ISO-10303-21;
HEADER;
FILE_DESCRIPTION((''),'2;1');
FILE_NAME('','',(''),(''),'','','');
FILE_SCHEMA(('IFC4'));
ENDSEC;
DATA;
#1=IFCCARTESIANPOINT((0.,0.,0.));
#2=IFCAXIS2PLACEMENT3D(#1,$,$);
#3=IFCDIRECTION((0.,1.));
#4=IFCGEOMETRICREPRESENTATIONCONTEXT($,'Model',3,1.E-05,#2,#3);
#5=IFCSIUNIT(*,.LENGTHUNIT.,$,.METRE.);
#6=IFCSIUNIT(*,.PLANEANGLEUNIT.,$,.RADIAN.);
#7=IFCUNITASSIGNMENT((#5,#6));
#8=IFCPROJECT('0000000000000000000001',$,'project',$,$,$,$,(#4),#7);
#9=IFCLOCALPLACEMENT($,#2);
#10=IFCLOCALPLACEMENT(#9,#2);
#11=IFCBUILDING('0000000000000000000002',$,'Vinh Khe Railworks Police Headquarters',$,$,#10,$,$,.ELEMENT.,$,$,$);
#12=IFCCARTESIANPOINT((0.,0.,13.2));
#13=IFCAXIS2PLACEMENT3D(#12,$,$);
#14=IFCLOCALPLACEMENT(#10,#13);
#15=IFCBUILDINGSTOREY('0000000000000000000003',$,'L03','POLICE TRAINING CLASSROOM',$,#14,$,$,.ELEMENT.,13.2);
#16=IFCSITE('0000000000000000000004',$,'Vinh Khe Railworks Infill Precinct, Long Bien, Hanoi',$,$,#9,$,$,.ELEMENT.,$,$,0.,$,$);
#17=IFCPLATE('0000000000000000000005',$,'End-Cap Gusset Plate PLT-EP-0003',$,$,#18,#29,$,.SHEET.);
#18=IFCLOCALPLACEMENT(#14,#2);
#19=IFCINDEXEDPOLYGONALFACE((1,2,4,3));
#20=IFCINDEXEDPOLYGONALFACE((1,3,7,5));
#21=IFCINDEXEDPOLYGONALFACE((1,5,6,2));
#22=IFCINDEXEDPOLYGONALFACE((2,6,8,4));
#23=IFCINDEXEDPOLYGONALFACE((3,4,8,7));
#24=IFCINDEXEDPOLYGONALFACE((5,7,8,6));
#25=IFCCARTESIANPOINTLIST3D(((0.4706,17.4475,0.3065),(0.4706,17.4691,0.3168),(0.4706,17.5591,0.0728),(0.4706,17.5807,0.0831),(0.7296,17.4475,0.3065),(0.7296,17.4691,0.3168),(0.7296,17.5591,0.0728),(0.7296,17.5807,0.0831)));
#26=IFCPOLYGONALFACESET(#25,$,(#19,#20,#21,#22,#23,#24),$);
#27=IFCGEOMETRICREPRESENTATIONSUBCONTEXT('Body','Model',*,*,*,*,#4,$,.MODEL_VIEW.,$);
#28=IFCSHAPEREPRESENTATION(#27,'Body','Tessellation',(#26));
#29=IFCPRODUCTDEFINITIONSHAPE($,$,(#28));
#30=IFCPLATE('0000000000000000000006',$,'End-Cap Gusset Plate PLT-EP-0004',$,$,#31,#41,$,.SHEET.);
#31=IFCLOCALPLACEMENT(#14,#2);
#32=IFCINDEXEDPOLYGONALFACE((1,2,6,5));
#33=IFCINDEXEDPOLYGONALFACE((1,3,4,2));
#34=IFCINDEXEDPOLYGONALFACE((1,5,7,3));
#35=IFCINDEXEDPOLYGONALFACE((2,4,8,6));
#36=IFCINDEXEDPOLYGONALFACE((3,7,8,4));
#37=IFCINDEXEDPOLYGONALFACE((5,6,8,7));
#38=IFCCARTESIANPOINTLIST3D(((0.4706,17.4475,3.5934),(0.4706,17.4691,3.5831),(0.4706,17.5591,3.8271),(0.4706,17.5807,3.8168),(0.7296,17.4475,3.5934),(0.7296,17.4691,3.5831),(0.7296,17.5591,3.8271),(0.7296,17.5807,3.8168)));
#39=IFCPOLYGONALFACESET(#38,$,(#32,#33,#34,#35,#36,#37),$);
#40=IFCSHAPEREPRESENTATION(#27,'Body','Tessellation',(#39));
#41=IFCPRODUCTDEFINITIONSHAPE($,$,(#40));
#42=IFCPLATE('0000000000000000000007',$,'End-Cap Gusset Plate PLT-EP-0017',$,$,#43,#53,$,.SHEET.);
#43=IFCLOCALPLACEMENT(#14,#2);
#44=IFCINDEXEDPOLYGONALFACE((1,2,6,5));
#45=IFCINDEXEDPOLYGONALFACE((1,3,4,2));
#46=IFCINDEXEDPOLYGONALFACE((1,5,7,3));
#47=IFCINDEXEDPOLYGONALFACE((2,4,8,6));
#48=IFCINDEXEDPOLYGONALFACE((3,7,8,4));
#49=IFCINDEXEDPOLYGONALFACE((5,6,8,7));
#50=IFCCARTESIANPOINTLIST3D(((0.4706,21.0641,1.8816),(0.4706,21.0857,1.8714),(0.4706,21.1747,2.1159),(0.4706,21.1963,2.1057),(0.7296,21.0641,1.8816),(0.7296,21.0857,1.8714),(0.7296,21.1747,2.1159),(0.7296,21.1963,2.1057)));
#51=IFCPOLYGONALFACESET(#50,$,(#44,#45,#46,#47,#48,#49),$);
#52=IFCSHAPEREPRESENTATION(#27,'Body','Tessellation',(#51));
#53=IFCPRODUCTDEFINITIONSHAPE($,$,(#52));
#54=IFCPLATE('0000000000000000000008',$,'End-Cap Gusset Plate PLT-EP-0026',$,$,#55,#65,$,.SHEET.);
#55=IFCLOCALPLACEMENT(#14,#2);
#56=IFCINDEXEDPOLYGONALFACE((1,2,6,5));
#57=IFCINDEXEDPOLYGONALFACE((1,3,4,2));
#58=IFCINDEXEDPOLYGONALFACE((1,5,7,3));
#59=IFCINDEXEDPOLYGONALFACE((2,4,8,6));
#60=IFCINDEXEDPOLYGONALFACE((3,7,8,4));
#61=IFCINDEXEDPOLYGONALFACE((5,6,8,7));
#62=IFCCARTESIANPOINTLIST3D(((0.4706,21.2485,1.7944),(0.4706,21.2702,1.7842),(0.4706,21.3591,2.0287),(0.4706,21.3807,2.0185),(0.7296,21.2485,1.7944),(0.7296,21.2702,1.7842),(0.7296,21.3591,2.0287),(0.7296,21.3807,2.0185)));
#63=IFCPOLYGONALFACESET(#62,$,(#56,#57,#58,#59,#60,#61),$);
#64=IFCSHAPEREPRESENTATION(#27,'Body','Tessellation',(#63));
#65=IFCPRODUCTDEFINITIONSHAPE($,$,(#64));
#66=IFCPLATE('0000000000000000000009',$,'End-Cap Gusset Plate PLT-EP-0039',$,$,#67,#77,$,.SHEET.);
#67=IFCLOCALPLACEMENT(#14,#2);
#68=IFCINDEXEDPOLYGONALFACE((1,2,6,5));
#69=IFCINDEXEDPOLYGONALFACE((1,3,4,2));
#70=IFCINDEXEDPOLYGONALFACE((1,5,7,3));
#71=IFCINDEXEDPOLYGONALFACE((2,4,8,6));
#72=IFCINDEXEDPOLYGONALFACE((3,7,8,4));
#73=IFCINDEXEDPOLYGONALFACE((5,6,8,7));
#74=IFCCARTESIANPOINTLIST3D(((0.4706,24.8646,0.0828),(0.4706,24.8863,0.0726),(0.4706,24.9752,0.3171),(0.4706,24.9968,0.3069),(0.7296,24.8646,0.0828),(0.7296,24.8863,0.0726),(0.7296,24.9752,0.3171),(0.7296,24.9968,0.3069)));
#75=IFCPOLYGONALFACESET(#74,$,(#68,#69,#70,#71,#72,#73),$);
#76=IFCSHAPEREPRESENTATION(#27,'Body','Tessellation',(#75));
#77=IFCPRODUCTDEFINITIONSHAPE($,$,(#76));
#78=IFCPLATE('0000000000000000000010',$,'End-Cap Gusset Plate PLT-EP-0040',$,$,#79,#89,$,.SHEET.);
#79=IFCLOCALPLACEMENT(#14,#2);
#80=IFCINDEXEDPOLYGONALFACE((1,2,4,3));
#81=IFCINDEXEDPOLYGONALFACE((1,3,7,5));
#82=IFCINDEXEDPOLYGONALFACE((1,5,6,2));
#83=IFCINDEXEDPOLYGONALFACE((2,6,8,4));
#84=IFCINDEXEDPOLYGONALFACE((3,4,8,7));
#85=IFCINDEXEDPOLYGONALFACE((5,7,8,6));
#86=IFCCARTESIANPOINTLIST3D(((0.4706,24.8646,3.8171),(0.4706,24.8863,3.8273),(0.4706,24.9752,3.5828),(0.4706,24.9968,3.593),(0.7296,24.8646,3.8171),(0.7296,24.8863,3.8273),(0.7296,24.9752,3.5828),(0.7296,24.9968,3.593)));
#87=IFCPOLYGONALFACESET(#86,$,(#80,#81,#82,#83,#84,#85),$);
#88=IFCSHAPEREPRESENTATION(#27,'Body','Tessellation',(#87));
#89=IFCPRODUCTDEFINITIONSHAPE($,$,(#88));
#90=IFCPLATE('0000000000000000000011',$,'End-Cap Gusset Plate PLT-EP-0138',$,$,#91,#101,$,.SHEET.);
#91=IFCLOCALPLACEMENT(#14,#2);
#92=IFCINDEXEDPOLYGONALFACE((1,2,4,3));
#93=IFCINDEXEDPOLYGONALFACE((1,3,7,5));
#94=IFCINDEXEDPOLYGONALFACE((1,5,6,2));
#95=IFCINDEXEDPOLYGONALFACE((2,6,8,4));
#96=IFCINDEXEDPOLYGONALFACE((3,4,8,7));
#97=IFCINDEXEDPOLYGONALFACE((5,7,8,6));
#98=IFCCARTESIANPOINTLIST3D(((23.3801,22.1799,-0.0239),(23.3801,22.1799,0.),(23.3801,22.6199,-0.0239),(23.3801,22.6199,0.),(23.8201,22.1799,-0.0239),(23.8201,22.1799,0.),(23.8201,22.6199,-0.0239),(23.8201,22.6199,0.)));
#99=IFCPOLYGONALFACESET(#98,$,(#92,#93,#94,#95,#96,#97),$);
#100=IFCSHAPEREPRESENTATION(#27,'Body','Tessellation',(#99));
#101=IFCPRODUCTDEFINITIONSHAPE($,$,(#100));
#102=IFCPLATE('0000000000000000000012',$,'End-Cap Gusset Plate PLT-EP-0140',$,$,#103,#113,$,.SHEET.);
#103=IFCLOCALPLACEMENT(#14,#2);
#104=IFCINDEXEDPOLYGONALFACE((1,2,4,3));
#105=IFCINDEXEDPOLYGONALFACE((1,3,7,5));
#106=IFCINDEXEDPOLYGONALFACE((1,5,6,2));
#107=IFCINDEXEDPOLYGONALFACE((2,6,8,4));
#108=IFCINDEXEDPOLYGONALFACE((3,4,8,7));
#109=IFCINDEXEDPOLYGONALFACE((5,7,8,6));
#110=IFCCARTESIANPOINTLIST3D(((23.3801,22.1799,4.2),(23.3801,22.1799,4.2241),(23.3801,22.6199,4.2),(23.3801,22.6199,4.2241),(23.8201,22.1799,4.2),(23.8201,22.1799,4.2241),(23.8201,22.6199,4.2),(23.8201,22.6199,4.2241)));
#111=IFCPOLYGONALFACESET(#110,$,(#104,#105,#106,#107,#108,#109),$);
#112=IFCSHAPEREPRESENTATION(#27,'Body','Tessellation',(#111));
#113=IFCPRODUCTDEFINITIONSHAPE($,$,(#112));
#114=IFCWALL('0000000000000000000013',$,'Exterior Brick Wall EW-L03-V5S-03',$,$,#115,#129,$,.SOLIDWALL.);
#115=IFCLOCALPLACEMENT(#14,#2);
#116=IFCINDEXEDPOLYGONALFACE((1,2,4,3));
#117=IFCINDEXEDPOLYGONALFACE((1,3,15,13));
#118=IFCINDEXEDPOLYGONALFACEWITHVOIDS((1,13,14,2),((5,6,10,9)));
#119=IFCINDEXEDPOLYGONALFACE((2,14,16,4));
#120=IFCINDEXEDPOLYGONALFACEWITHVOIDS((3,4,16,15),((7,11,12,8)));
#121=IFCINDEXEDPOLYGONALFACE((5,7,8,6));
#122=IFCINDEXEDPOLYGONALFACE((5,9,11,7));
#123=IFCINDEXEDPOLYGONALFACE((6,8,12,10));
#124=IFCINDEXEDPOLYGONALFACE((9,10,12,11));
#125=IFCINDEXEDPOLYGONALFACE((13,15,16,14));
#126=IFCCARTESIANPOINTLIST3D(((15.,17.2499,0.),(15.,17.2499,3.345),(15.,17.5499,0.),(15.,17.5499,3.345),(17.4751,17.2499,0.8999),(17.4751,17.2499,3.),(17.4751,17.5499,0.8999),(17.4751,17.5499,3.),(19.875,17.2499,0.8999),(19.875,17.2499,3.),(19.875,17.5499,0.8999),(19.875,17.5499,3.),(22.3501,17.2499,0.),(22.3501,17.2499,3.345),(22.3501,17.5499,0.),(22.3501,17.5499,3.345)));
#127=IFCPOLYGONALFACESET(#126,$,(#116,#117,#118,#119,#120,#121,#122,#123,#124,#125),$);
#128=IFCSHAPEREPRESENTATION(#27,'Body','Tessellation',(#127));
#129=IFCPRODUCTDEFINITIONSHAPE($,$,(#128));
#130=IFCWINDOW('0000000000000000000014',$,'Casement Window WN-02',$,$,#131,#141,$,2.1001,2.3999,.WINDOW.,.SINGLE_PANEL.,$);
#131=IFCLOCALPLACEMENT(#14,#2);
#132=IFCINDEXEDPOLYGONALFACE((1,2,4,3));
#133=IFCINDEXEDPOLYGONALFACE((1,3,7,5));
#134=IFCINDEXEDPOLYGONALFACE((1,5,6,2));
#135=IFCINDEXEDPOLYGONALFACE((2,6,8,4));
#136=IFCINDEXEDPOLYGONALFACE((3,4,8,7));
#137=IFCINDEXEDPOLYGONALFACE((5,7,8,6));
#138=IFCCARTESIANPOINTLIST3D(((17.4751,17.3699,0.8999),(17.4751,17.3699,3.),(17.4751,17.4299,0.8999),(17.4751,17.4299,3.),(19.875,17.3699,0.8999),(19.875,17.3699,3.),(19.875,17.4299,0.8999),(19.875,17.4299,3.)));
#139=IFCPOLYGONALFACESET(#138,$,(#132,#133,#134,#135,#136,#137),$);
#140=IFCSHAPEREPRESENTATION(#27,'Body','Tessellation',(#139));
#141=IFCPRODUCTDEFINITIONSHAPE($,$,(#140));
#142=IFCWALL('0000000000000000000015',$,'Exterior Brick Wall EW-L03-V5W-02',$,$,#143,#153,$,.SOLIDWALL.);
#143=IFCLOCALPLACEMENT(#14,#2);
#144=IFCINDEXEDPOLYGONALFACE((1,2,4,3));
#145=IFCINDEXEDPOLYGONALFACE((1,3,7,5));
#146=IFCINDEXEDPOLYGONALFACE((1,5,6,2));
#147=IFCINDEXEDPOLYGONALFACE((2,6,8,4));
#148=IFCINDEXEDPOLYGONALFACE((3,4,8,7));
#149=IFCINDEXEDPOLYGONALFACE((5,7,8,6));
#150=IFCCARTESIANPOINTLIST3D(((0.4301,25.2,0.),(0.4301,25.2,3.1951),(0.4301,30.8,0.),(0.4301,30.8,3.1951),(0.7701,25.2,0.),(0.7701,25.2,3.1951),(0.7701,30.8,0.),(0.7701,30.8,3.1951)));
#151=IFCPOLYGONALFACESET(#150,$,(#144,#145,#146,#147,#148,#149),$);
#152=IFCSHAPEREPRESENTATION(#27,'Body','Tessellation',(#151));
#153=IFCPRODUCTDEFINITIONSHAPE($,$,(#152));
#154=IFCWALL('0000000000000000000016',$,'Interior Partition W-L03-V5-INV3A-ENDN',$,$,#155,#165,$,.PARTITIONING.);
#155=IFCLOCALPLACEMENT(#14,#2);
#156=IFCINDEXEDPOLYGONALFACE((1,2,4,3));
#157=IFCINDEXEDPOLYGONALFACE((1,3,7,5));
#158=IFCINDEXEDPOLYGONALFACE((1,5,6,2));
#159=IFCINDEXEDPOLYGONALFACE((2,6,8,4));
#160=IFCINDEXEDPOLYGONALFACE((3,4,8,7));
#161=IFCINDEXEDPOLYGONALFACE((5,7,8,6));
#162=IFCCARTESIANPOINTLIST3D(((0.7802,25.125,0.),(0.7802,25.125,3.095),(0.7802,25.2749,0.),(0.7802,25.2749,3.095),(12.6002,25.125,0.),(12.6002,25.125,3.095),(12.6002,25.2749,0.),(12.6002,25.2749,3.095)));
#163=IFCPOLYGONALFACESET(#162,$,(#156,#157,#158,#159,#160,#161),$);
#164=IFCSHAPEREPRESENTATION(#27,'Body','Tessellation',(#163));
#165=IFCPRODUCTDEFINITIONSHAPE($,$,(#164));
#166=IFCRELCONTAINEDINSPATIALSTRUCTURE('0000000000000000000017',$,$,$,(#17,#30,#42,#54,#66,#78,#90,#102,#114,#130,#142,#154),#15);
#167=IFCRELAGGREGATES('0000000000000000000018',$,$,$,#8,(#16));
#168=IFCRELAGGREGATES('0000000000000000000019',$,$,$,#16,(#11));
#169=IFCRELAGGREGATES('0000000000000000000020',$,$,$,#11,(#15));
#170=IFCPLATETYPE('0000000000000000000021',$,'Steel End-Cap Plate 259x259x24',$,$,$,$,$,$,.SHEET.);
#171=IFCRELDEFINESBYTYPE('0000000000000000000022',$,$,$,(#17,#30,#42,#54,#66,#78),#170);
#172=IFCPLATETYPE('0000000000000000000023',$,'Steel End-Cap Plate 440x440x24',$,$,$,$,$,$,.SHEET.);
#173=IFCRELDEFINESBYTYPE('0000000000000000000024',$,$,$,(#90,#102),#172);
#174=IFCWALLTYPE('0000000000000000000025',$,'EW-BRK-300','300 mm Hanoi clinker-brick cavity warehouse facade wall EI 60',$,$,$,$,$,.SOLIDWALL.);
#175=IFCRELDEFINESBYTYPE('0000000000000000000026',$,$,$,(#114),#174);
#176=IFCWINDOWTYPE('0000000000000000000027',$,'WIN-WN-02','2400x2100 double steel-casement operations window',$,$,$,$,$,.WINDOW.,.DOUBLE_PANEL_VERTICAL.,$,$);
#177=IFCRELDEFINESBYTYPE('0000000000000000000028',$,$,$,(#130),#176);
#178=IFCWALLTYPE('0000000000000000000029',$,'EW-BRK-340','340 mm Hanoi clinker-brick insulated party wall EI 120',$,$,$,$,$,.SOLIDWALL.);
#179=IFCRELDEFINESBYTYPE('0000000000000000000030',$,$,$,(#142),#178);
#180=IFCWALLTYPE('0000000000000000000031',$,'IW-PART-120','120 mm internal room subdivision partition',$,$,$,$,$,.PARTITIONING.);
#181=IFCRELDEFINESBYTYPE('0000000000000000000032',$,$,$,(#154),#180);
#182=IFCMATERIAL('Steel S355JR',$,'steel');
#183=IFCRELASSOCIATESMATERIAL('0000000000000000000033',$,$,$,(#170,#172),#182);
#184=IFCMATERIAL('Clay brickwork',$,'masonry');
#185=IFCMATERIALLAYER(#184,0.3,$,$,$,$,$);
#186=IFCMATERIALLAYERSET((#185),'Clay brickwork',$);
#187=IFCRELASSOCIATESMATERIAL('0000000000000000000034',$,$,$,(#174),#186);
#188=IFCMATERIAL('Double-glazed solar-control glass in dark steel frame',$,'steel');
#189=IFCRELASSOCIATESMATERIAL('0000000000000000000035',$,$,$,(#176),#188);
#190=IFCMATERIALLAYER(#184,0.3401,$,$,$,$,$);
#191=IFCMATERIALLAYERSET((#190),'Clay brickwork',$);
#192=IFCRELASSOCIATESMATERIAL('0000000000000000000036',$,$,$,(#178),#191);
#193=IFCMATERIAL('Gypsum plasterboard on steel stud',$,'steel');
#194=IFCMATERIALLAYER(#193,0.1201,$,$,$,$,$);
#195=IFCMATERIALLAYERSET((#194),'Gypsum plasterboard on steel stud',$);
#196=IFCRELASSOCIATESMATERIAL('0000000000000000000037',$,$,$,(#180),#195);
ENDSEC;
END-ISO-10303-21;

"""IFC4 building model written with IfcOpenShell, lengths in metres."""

from ifc_helpers import new_model, si_unit, direction, frame, frame_2d, origin, origin_2d, place, context, subcontext, project, spatial, rectangle, extrude, material, layer, layer_set, material_profile, profile_set, type_object, element, fill, save


model = new_model("IFC4")

# Units and contexts
model_context = context("Model", 3, precision=1e-05, world=origin(), true_north=direction((0.0, 1.0)))
body_context = subcontext(model_context, "Body", "Model", "MODEL_VIEW")
ifc_project = project(units=[si_unit("LENGTHUNIT", "METRE"), si_unit("PLANEANGLEUNIT", "RADIAN")], contexts=[model_context])

# Site, building, storey
site_placement = place(None, origin())
site = spatial("IfcSite", under=ifc_project, at=site_placement, Name="Vinh Khe Railworks Infill Precinct, Long Bien, Hanoi", CompositionType="ELEMENT", RefElevation=0.0)
building_placement = place(site_placement, origin())
building = spatial("IfcBuilding", under=site, at=building_placement, Name="Vinh Khe Railworks Police Headquarters", CompositionType="ELEMENT")
storey_placement = place(building_placement, frame((0.0, 0.0, 13.2)))
storey = spatial("IfcBuildingStorey", under=building, at=storey_placement, Name="L03", Description="POLICE TRAINING CLASSROOM", CompositionType="ELEMENT", Elevation=13.2)

# Shared definitions
ifc_material_1 = material(Name="Steel S355JR", Category="steel")

# Plates
ifc_material_profile_1 = material_profile(ifc_material_1, rectangle(XDim=0.259, YDim=0.259, at=origin_2d()), Name="PL 259x259")
ifc_profile_set_1 = profile_set([ifc_material_profile_1], Name="Steel S355JR")
plate_type_1 = type_object("IfcPlateType", Name="Steel End-Cap Plate 259x259x24", PredefinedType="SHEET", material=ifc_profile_set_1)
for number, where, z_axis, x_axis, name in (
    (1, (0.6001, 17.5249, 0.2), (0.0, -0.902481, -0.43073), (1.0, 0.0, 0.0), "End-Cap Gusset Plate PLT-EP-0003"),
    (2, (0.6001, 17.5249, 3.7), (0.0, -0.902481, 0.43073), (1.0, 0.0, 0.0), "End-Cap Gusset Plate PLT-EP-0004"),
    (3, (0.6001, 21.1194, 1.9988), (0.0, 0.904358, -0.426775), (-1.0, 0.0, 0.0), "End-Cap Gusset Plate PLT-EP-0017"),
    (4, (0.6001, 21.3254, 1.9014), (0.0, -0.904358, 0.426775), (1.0, 0.0, 0.0), "End-Cap Gusset Plate PLT-EP-0026"),
    (5, (0.6001, 24.9199, 0.2), (0.0, 0.904358, -0.426775), (-1.0, 0.0, 0.0), "End-Cap Gusset Plate PLT-EP-0039"),
    (6, (0.6001, 24.9199, 3.7), (0.0, 0.904358, 0.426775), (-1.0, 0.0, 0.0), "End-Cap Gusset Plate PLT-EP-0040"),
):
    element("IfcPlate", number, at=place(storey_placement, frame(where, z_axis=z_axis, x_axis=x_axis)), inside=storey, type_object=plate_type_1, Name=name, PredefinedType="SHEET", context=body_context, shape_type="SweptSolid", body=[
        extrude(rectangle(XDim=0.259, YDim=0.259, at=origin_2d()), origin(), (0.0, 0.0, 1.0), 0.0239),
    ])
ifc_material_profile_2 = material_profile(ifc_material_1, rectangle(XDim=0.4399, YDim=0.4399, at=origin_2d()), Name="PL 440x440")
ifc_profile_set_2 = profile_set([ifc_material_profile_2], Name="Steel S355JR")
plate_type_2 = type_object("IfcPlateType", Name="Steel End-Cap Plate 440x440x24", PredefinedType="SHEET", material=ifc_profile_set_2)
plate_1_placement = place(storey_placement, frame((23.6001, 22.3999, 0.0), z_axis=(0.0, 0.0, -1.0), x_axis=(1.0, 0.0, 0.0)))
element("IfcPlate", 7, at=plate_1_placement, inside=storey, type_object=plate_type_2, Name="End-Cap Gusset Plate PLT-EP-0138", PredefinedType="SHEET", context=body_context, shape_type="SweptSolid", body=[
    extrude(rectangle(XDim=0.4399, YDim=0.4399, at=origin_2d()), origin(), (0.0, 0.0, 1.0), 0.0239),
])
plate_2_placement = place(storey_placement, frame((23.6001, 22.3999, 4.2), z_axis=(0.0, 0.0, 1.0), x_axis=(1.0, 0.0, 0.0)))
element("IfcPlate", 8, at=plate_2_placement, inside=storey, type_object=plate_type_2, Name="End-Cap Gusset Plate PLT-EP-0140", PredefinedType="SHEET", context=body_context, shape_type="SweptSolid", body=[
    extrude(rectangle(XDim=0.4399, YDim=0.4399, at=origin_2d()), origin(), (0.0, 0.0, 1.0), 0.0242),
])

# Wall, opening, window
ifc_material_2 = material(Name="Clay brickwork", Category="masonry")
ifc_layer_1 = layer(ifc_material_2, 0.3)
ifc_layer_set_1 = layer_set([ifc_layer_1], Name="Clay brickwork")
wall_type_1 = type_object("IfcWallType", Name="EW-BRK-300", Description="300 mm Hanoi clinker-brick cavity warehouse facade wall EI 60", PredefinedType="SOLIDWALL", material=ifc_layer_set_1)
wall_1_placement = place(storey_placement, frame((15.0, 17.3999, 0.0), z_axis=(0.0, 0.0, 1.0), x_axis=(1.0, 0.0, 0.0)))
wall_1 = element("IfcWall", 9, at=wall_1_placement, inside=storey, type_object=wall_type_1, Name="Exterior Brick Wall EW-L03-V5S-03", PredefinedType="SOLIDWALL", context=body_context, shape_type="SweptSolid", body=[
    extrude(rectangle(XDim=7.3501, YDim=0.3, at=frame_2d((3.675, 0.0))), origin(), (0.0, 0.0, 1.0), 3.345),
])
opening_1_placement = place(wall_1_placement, frame((2.4751, 0.0, 0.8999)))
opening_1 = element("IfcOpeningElement", 10, at=opening_1_placement, cuts=wall_1, PredefinedType="OPENING", context=body_context, shape_type="SweptSolid", body=[
    extrude(rectangle(XDim=2.3999, YDim=2.1001, at=frame_2d((1.2, 1.05))), frame((0.0, 0.165, 0.0), z_axis=(0.0, -1.0, 0.0), x_axis=(1.0, 0.0, 0.0)), (0.0, 0.0, 1.0), 0.3298),
])
ifc_material_3 = material(Name="Double-glazed solar-control glass in dark steel frame", Category="steel")
window_type = type_object("IfcWindowType", Name="WIN-WN-02", Description="2400x2100 double steel-casement operations window", PartitioningType="DOUBLE_PANEL_VERTICAL", PredefinedType="WINDOW", material=ifc_material_3)
window_placement = place(opening_1_placement, origin())
window = element("IfcWindow", 11, at=window_placement, inside=storey, type_object=window_type, Name="Casement Window WN-02", OverallHeight=2.1001, OverallWidth=2.3999, PartitioningType="SINGLE_PANEL", PredefinedType="WINDOW", context=body_context, shape_type="SweptSolid", body=[
    extrude(rectangle(XDim=2.3999, YDim=2.1001, at=frame_2d((1.2, 1.05))), frame((0.0, 0.03, 0.0), z_axis=(0.0, -1.0, 0.0), x_axis=(1.0, 0.0, 0.0)), (0.0, 0.0, 1.0), 0.0601),
])
fill(opening_1, window)

# Walls
ifc_layer_2 = layer(ifc_material_2, 0.3401)
ifc_layer_set_2 = layer_set([ifc_layer_2], Name="Clay brickwork")
wall_type_2 = type_object("IfcWallType", Name="EW-BRK-340", Description="340 mm Hanoi clinker-brick insulated party wall EI 120", PredefinedType="SOLIDWALL", material=ifc_layer_set_2)
wall_2_placement = place(storey_placement, frame((0.6001, 25.2, 0.0), z_axis=(0.0, 0.0, 1.0), x_axis=(0.0, 1.0, 0.0)))
element("IfcWall", 12, at=wall_2_placement, inside=storey, type_object=wall_type_2, Name="Exterior Brick Wall EW-L03-V5W-02", PredefinedType="SOLIDWALL", context=body_context, shape_type="SweptSolid", body=[
    extrude(rectangle(XDim=5.6001, YDim=0.3401, at=frame_2d((2.8, 0.0))), origin(), (0.0, 0.0, 1.0), 3.1951),
])
ifc_material_4 = material(Name="Gypsum plasterboard on steel stud", Category="steel")
ifc_layer_3 = layer(ifc_material_4, 0.1201)
ifc_layer_set_3 = layer_set([ifc_layer_3], Name="Gypsum plasterboard on steel stud")
wall_type_3 = type_object("IfcWallType", Name="IW-PART-120", Description="120 mm internal room subdivision partition", PredefinedType="PARTITIONING", material=ifc_layer_set_3)
wall_3_placement = place(storey_placement, frame((0.78, 25.2, 0.0), z_axis=(0.0, 0.0, 1.0), x_axis=(1.0, 0.0, 0.0)))
element("IfcWall", 13, at=wall_3_placement, inside=storey, type_object=wall_type_3, Name="Interior Partition W-L03-V5-INV3A-ENDN", PredefinedType="PARTITIONING", context=body_context, shape_type="SweptSolid", body=[
    extrude(rectangle(XDim=11.8201, YDim=0.1499, at=frame_2d((5.9102, 0.0))), origin(), (0.0, 0.0, 1.0), 3.095),
])

save(model, "model.ifc")
